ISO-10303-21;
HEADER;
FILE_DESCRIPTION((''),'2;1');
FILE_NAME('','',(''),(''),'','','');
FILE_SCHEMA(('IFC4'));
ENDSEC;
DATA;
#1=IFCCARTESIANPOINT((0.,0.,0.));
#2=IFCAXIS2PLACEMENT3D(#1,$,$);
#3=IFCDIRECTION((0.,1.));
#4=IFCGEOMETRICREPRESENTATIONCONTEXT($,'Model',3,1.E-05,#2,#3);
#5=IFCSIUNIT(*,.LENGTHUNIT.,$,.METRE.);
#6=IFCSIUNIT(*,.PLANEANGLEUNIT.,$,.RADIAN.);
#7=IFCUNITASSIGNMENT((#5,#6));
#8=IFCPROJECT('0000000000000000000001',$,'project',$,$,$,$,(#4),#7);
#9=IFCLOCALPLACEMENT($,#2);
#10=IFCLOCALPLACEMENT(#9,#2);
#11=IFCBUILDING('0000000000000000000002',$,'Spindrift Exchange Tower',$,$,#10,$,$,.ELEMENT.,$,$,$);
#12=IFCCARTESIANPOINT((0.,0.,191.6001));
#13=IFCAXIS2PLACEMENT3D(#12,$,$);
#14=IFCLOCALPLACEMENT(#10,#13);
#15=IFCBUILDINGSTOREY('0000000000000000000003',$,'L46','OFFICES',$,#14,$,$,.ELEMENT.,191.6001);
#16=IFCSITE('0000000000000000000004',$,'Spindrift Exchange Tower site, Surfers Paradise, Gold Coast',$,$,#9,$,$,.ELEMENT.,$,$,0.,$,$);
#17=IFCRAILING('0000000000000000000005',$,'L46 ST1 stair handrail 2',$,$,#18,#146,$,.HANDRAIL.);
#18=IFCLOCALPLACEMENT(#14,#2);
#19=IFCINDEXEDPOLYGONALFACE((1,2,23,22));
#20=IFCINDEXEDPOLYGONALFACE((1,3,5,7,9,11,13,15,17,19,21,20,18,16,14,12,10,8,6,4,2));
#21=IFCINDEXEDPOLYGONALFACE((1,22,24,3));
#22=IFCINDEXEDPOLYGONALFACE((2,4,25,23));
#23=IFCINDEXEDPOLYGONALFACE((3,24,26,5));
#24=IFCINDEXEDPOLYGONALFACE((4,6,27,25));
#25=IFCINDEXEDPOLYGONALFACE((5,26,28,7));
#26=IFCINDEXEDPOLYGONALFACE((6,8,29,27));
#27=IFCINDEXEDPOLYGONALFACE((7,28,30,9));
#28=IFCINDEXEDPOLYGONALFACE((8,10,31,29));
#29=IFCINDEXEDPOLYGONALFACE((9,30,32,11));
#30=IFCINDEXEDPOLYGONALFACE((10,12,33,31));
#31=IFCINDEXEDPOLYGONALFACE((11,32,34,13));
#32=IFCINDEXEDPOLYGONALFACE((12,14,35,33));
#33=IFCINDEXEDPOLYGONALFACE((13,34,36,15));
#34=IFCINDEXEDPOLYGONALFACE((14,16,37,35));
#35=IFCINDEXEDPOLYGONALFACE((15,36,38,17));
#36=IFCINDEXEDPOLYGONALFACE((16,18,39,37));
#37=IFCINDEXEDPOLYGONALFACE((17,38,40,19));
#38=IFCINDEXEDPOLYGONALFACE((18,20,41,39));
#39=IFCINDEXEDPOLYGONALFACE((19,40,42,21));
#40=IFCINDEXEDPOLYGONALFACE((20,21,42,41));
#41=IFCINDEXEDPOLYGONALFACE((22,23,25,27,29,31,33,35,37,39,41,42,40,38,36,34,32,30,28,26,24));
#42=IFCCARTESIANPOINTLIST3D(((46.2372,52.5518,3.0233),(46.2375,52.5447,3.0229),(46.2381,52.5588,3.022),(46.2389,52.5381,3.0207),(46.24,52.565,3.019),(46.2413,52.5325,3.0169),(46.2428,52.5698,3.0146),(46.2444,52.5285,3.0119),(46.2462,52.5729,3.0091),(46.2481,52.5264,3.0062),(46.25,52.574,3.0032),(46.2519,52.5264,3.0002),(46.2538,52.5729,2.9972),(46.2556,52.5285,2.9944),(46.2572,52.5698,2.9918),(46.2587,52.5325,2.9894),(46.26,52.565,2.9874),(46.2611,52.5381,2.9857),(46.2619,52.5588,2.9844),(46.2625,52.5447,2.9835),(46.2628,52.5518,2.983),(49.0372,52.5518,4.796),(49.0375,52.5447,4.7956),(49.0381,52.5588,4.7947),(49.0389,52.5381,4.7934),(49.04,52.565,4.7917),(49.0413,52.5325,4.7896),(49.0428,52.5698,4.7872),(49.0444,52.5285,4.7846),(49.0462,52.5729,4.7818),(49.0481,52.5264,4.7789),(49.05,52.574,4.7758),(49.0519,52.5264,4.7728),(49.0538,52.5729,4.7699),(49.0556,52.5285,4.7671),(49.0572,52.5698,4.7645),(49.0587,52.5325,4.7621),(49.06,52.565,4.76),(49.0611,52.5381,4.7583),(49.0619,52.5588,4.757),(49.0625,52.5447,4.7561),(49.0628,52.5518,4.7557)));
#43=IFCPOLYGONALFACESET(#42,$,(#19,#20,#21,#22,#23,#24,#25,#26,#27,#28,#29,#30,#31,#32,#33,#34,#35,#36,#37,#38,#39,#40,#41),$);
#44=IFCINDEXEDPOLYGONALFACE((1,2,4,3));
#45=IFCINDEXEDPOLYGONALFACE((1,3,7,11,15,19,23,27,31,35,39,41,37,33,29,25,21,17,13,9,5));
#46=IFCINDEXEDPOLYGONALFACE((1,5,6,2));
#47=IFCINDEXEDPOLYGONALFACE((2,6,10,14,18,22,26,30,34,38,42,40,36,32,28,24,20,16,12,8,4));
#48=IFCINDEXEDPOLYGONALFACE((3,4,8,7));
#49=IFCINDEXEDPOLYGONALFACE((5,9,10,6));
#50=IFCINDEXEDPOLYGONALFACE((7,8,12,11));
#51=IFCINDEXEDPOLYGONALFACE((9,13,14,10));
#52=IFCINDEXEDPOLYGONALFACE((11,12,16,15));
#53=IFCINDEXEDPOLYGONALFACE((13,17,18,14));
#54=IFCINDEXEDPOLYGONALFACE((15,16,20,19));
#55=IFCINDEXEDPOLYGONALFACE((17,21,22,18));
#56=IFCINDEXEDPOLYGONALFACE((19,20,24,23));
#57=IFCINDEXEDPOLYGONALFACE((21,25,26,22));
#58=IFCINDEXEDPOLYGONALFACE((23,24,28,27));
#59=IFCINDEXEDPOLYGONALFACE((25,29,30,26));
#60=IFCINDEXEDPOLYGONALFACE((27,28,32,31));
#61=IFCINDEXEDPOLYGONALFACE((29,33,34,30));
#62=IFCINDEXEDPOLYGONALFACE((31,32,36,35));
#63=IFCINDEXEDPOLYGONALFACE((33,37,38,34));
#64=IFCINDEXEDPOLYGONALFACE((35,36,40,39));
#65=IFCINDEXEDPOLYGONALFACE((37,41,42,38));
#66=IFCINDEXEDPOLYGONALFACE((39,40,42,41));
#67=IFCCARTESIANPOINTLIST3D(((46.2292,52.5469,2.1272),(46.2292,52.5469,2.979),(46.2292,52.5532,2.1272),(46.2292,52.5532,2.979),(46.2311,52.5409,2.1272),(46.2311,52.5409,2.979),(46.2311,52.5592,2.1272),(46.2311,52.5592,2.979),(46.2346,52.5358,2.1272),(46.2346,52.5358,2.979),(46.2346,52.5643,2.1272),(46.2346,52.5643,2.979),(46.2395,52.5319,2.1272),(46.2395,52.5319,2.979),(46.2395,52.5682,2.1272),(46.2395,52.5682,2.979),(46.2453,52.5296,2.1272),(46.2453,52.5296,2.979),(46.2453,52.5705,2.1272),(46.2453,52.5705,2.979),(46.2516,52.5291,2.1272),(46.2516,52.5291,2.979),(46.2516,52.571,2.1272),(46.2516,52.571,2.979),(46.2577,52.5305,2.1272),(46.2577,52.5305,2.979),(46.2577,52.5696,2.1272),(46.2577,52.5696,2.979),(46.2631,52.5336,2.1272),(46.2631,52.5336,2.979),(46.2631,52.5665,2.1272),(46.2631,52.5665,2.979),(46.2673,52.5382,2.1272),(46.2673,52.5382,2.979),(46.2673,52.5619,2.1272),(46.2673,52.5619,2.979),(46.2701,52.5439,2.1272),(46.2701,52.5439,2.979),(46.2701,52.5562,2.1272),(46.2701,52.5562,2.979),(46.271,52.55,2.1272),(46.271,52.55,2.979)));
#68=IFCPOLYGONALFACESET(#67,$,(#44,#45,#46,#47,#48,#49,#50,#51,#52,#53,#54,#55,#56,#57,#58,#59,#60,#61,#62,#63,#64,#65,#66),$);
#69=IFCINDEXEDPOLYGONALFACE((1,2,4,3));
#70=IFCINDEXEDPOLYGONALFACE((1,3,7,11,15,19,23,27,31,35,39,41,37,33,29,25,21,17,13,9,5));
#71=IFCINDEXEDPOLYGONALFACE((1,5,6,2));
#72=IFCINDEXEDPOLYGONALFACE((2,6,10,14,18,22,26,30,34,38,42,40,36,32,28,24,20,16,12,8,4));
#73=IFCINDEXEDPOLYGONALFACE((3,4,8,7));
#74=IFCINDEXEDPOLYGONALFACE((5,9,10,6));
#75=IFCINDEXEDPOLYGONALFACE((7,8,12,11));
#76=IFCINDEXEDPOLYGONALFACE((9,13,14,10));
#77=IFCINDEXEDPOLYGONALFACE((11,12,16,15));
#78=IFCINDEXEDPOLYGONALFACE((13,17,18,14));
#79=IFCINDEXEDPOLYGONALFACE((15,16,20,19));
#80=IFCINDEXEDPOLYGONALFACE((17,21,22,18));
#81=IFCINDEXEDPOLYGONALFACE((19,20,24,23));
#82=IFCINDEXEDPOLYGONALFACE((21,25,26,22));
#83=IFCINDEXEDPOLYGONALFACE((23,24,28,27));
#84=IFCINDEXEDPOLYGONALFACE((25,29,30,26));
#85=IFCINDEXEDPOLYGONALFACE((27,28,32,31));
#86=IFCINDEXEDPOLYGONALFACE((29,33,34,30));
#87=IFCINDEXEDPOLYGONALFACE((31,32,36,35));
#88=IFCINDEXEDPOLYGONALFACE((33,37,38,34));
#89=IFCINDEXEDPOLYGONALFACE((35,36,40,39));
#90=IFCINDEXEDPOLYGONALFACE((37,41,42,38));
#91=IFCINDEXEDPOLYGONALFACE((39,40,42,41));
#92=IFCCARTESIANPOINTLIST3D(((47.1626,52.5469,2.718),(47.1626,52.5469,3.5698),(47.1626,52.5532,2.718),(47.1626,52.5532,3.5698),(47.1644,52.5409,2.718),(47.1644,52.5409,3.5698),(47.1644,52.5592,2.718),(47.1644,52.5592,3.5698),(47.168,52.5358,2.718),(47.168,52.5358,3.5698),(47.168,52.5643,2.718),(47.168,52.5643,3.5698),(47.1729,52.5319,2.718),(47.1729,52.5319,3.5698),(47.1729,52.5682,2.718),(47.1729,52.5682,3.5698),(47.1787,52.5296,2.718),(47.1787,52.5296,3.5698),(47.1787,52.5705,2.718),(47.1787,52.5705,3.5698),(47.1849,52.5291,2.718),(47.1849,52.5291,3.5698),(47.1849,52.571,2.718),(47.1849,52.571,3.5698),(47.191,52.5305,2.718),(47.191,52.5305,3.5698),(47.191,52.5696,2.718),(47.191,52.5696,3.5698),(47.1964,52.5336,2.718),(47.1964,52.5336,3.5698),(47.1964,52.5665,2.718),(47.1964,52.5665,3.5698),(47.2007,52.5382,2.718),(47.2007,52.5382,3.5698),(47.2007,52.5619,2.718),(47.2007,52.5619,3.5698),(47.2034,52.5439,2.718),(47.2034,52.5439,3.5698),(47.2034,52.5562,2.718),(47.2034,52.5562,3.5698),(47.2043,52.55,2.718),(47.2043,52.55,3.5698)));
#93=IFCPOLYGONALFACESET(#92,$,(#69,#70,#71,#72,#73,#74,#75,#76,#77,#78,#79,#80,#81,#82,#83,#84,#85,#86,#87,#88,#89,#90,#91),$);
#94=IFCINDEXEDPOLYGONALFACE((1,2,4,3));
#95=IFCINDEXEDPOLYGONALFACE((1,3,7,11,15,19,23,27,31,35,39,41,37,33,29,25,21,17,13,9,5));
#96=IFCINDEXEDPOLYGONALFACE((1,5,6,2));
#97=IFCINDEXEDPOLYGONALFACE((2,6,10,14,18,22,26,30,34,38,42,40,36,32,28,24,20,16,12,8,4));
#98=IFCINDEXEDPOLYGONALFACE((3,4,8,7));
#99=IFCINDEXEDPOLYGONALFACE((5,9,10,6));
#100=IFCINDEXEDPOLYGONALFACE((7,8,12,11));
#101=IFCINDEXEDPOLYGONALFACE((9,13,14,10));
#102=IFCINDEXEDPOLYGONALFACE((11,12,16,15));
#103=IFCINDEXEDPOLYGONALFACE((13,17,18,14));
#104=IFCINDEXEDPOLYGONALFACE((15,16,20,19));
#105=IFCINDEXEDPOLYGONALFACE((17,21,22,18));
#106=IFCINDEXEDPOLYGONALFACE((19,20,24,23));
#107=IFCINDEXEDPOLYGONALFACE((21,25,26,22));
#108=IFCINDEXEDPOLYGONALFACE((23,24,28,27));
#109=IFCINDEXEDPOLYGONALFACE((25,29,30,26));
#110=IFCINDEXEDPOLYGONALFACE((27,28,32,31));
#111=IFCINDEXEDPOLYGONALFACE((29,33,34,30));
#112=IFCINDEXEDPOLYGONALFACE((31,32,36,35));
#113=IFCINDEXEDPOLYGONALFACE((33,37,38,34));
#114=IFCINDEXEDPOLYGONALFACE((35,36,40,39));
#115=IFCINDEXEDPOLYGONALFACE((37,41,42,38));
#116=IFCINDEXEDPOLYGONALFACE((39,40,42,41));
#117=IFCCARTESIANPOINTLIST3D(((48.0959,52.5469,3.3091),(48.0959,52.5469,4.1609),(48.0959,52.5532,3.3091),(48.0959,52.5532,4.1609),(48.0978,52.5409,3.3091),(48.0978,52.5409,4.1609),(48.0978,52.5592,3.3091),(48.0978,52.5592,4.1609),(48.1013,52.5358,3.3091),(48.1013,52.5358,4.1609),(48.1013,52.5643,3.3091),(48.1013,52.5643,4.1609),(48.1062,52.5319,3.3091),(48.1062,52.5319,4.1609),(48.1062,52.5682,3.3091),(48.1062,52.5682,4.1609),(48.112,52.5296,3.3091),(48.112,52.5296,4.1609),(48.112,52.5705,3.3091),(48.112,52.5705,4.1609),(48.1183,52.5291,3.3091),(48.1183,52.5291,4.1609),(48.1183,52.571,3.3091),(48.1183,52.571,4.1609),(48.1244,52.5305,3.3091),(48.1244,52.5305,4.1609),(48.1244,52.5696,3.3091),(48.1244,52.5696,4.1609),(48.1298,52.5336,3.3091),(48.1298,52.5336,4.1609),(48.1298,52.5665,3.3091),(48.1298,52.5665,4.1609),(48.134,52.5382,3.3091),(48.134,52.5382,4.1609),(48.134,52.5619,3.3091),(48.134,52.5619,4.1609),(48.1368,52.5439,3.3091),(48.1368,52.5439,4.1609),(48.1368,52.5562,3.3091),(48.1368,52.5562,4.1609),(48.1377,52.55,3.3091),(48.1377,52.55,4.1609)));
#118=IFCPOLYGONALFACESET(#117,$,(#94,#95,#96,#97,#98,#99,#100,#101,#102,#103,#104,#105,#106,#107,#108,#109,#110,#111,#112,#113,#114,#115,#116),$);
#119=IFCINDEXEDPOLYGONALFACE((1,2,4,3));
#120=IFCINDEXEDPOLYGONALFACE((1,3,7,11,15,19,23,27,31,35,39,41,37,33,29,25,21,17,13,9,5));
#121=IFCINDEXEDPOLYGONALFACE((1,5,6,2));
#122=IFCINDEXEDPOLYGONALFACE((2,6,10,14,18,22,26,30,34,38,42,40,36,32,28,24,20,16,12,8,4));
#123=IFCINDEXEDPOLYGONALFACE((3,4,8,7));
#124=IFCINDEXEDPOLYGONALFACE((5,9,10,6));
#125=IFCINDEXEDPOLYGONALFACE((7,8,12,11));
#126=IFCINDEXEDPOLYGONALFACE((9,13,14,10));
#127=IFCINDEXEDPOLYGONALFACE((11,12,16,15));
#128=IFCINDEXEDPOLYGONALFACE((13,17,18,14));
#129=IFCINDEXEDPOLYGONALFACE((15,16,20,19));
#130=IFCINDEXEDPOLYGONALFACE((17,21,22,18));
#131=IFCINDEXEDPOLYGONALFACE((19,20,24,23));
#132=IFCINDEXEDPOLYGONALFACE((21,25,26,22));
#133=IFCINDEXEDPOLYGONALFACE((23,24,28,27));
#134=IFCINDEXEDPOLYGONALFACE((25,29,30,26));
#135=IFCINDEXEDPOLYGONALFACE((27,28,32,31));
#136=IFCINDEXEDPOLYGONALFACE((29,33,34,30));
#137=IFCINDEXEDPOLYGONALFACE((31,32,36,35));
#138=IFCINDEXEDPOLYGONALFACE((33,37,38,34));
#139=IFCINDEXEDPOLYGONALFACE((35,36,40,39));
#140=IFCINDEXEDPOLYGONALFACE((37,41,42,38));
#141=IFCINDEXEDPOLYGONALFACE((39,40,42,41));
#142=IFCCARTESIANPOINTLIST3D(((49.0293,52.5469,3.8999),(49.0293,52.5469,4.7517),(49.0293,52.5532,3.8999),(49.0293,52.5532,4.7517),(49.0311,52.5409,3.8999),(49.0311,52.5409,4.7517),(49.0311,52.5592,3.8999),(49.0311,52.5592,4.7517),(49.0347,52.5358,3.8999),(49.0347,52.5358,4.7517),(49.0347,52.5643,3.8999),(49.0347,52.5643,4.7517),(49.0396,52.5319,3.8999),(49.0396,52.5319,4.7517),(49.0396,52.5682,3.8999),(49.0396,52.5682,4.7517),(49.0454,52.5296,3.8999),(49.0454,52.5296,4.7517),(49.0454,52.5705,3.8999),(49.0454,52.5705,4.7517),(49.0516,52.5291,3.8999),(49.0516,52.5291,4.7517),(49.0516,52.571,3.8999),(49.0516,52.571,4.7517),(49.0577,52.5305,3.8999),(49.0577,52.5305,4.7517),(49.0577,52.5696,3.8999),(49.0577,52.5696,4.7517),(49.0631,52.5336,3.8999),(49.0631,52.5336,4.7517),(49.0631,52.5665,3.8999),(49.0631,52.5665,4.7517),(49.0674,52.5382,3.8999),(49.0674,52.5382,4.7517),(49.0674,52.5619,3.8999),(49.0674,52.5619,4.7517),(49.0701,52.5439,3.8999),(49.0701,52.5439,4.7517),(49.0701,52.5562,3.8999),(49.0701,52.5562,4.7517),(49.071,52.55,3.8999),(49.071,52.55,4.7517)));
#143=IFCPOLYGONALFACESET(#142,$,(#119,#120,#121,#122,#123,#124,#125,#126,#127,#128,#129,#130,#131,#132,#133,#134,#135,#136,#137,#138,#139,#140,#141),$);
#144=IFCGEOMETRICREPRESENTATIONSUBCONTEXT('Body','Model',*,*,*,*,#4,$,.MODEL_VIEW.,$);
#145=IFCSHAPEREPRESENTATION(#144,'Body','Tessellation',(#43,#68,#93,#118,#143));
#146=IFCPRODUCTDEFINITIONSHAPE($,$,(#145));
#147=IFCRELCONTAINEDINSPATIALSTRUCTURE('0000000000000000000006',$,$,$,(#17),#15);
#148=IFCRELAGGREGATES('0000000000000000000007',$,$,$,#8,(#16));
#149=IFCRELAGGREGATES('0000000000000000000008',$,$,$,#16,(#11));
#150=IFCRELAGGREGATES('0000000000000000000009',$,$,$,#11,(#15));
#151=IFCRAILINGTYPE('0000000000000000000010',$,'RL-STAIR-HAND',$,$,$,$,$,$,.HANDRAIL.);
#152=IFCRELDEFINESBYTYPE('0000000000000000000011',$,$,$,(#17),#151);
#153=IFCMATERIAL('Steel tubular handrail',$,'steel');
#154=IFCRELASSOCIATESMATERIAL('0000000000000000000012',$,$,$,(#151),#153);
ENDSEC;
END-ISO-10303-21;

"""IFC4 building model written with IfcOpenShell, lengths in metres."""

from ifc_helpers import new_model, si_unit, direction, frame, origin, origin_2d, place, context, subcontext, project, spatial, circle, extrude, material, type_object, element, save


model = new_model("IFC4")

# Units and contexts
model_context = context("Model", 3, precision=1e-05, world=origin(), true_north=direction((0.0, 1.0)))
body_context = subcontext(model_context, "Body", "Model", "MODEL_VIEW")
ifc_project = project(units=[si_unit("LENGTHUNIT", "METRE"), si_unit("PLANEANGLEUNIT", "RADIAN")], contexts=[model_context])

# Site, building, storey
site_placement = place(None, origin())
site = spatial("IfcSite", under=ifc_project, at=site_placement, Name="Spindrift Exchange Tower site, Surfers Paradise, Gold Coast", CompositionType="ELEMENT", RefElevation=0.0)
building_placement = place(site_placement, origin())
building = spatial("IfcBuilding", under=site, at=building_placement, Name="Spindrift Exchange Tower", CompositionType="ELEMENT")
storey_placement = place(building_placement, frame((0.0, 0.0, 191.6001)))
storey = spatial("IfcBuildingStorey", under=building, at=storey_placement, Name="L46", Description="OFFICES", CompositionType="ELEMENT", Elevation=191.6001)

# Railing
ifc_material_1 = material(Name="Steel tubular handrail", Category="steel")
railing_type_1 = type_object("IfcRailingType", Name="RL-STAIR-HAND", PredefinedType="HANDRAIL", material=ifc_material_1)
railing_1_placement = place(storey_placement, frame((46.25, 52.55, 2.1272)))
element("IfcRailing", 1, at=railing_1_placement, inside=storey, type_object=railing_type_1, Name="L46 ST1 stair handrail 2", PredefinedType="HANDRAIL", context=body_context, shape_type="SweptSolid", body=[
    extrude(circle(Radius=0.0239, at=origin_2d()), frame((0.0, 0.0, 0.876), z_axis=(0.844909, 0.0, 0.53491), x_axis=(0.0, 1.0, 0.0)), (0.0, 0.0, 1.0), 3.314),
    extrude(circle(Radius=0.021, at=origin_2d()), origin(), (0.0, 0.0, 1.0), 0.8518),
    extrude(circle(Radius=0.021, at=origin_2d()), frame((0.9333, 0.0, 0.5908)), (0.0, 0.0, 1.0), 0.8518),
    extrude(circle(Radius=0.021, at=origin_2d()), frame((1.8667, 0.0, 1.1819)), (0.0, 0.0, 1.0), 0.8518),
    extrude(circle(Radius=0.021, at=origin_2d()), frame((2.8, 0.0, 1.7727)), (0.0, 0.0, 1.0), 0.8518),
])

save(model, "model.ifc")
